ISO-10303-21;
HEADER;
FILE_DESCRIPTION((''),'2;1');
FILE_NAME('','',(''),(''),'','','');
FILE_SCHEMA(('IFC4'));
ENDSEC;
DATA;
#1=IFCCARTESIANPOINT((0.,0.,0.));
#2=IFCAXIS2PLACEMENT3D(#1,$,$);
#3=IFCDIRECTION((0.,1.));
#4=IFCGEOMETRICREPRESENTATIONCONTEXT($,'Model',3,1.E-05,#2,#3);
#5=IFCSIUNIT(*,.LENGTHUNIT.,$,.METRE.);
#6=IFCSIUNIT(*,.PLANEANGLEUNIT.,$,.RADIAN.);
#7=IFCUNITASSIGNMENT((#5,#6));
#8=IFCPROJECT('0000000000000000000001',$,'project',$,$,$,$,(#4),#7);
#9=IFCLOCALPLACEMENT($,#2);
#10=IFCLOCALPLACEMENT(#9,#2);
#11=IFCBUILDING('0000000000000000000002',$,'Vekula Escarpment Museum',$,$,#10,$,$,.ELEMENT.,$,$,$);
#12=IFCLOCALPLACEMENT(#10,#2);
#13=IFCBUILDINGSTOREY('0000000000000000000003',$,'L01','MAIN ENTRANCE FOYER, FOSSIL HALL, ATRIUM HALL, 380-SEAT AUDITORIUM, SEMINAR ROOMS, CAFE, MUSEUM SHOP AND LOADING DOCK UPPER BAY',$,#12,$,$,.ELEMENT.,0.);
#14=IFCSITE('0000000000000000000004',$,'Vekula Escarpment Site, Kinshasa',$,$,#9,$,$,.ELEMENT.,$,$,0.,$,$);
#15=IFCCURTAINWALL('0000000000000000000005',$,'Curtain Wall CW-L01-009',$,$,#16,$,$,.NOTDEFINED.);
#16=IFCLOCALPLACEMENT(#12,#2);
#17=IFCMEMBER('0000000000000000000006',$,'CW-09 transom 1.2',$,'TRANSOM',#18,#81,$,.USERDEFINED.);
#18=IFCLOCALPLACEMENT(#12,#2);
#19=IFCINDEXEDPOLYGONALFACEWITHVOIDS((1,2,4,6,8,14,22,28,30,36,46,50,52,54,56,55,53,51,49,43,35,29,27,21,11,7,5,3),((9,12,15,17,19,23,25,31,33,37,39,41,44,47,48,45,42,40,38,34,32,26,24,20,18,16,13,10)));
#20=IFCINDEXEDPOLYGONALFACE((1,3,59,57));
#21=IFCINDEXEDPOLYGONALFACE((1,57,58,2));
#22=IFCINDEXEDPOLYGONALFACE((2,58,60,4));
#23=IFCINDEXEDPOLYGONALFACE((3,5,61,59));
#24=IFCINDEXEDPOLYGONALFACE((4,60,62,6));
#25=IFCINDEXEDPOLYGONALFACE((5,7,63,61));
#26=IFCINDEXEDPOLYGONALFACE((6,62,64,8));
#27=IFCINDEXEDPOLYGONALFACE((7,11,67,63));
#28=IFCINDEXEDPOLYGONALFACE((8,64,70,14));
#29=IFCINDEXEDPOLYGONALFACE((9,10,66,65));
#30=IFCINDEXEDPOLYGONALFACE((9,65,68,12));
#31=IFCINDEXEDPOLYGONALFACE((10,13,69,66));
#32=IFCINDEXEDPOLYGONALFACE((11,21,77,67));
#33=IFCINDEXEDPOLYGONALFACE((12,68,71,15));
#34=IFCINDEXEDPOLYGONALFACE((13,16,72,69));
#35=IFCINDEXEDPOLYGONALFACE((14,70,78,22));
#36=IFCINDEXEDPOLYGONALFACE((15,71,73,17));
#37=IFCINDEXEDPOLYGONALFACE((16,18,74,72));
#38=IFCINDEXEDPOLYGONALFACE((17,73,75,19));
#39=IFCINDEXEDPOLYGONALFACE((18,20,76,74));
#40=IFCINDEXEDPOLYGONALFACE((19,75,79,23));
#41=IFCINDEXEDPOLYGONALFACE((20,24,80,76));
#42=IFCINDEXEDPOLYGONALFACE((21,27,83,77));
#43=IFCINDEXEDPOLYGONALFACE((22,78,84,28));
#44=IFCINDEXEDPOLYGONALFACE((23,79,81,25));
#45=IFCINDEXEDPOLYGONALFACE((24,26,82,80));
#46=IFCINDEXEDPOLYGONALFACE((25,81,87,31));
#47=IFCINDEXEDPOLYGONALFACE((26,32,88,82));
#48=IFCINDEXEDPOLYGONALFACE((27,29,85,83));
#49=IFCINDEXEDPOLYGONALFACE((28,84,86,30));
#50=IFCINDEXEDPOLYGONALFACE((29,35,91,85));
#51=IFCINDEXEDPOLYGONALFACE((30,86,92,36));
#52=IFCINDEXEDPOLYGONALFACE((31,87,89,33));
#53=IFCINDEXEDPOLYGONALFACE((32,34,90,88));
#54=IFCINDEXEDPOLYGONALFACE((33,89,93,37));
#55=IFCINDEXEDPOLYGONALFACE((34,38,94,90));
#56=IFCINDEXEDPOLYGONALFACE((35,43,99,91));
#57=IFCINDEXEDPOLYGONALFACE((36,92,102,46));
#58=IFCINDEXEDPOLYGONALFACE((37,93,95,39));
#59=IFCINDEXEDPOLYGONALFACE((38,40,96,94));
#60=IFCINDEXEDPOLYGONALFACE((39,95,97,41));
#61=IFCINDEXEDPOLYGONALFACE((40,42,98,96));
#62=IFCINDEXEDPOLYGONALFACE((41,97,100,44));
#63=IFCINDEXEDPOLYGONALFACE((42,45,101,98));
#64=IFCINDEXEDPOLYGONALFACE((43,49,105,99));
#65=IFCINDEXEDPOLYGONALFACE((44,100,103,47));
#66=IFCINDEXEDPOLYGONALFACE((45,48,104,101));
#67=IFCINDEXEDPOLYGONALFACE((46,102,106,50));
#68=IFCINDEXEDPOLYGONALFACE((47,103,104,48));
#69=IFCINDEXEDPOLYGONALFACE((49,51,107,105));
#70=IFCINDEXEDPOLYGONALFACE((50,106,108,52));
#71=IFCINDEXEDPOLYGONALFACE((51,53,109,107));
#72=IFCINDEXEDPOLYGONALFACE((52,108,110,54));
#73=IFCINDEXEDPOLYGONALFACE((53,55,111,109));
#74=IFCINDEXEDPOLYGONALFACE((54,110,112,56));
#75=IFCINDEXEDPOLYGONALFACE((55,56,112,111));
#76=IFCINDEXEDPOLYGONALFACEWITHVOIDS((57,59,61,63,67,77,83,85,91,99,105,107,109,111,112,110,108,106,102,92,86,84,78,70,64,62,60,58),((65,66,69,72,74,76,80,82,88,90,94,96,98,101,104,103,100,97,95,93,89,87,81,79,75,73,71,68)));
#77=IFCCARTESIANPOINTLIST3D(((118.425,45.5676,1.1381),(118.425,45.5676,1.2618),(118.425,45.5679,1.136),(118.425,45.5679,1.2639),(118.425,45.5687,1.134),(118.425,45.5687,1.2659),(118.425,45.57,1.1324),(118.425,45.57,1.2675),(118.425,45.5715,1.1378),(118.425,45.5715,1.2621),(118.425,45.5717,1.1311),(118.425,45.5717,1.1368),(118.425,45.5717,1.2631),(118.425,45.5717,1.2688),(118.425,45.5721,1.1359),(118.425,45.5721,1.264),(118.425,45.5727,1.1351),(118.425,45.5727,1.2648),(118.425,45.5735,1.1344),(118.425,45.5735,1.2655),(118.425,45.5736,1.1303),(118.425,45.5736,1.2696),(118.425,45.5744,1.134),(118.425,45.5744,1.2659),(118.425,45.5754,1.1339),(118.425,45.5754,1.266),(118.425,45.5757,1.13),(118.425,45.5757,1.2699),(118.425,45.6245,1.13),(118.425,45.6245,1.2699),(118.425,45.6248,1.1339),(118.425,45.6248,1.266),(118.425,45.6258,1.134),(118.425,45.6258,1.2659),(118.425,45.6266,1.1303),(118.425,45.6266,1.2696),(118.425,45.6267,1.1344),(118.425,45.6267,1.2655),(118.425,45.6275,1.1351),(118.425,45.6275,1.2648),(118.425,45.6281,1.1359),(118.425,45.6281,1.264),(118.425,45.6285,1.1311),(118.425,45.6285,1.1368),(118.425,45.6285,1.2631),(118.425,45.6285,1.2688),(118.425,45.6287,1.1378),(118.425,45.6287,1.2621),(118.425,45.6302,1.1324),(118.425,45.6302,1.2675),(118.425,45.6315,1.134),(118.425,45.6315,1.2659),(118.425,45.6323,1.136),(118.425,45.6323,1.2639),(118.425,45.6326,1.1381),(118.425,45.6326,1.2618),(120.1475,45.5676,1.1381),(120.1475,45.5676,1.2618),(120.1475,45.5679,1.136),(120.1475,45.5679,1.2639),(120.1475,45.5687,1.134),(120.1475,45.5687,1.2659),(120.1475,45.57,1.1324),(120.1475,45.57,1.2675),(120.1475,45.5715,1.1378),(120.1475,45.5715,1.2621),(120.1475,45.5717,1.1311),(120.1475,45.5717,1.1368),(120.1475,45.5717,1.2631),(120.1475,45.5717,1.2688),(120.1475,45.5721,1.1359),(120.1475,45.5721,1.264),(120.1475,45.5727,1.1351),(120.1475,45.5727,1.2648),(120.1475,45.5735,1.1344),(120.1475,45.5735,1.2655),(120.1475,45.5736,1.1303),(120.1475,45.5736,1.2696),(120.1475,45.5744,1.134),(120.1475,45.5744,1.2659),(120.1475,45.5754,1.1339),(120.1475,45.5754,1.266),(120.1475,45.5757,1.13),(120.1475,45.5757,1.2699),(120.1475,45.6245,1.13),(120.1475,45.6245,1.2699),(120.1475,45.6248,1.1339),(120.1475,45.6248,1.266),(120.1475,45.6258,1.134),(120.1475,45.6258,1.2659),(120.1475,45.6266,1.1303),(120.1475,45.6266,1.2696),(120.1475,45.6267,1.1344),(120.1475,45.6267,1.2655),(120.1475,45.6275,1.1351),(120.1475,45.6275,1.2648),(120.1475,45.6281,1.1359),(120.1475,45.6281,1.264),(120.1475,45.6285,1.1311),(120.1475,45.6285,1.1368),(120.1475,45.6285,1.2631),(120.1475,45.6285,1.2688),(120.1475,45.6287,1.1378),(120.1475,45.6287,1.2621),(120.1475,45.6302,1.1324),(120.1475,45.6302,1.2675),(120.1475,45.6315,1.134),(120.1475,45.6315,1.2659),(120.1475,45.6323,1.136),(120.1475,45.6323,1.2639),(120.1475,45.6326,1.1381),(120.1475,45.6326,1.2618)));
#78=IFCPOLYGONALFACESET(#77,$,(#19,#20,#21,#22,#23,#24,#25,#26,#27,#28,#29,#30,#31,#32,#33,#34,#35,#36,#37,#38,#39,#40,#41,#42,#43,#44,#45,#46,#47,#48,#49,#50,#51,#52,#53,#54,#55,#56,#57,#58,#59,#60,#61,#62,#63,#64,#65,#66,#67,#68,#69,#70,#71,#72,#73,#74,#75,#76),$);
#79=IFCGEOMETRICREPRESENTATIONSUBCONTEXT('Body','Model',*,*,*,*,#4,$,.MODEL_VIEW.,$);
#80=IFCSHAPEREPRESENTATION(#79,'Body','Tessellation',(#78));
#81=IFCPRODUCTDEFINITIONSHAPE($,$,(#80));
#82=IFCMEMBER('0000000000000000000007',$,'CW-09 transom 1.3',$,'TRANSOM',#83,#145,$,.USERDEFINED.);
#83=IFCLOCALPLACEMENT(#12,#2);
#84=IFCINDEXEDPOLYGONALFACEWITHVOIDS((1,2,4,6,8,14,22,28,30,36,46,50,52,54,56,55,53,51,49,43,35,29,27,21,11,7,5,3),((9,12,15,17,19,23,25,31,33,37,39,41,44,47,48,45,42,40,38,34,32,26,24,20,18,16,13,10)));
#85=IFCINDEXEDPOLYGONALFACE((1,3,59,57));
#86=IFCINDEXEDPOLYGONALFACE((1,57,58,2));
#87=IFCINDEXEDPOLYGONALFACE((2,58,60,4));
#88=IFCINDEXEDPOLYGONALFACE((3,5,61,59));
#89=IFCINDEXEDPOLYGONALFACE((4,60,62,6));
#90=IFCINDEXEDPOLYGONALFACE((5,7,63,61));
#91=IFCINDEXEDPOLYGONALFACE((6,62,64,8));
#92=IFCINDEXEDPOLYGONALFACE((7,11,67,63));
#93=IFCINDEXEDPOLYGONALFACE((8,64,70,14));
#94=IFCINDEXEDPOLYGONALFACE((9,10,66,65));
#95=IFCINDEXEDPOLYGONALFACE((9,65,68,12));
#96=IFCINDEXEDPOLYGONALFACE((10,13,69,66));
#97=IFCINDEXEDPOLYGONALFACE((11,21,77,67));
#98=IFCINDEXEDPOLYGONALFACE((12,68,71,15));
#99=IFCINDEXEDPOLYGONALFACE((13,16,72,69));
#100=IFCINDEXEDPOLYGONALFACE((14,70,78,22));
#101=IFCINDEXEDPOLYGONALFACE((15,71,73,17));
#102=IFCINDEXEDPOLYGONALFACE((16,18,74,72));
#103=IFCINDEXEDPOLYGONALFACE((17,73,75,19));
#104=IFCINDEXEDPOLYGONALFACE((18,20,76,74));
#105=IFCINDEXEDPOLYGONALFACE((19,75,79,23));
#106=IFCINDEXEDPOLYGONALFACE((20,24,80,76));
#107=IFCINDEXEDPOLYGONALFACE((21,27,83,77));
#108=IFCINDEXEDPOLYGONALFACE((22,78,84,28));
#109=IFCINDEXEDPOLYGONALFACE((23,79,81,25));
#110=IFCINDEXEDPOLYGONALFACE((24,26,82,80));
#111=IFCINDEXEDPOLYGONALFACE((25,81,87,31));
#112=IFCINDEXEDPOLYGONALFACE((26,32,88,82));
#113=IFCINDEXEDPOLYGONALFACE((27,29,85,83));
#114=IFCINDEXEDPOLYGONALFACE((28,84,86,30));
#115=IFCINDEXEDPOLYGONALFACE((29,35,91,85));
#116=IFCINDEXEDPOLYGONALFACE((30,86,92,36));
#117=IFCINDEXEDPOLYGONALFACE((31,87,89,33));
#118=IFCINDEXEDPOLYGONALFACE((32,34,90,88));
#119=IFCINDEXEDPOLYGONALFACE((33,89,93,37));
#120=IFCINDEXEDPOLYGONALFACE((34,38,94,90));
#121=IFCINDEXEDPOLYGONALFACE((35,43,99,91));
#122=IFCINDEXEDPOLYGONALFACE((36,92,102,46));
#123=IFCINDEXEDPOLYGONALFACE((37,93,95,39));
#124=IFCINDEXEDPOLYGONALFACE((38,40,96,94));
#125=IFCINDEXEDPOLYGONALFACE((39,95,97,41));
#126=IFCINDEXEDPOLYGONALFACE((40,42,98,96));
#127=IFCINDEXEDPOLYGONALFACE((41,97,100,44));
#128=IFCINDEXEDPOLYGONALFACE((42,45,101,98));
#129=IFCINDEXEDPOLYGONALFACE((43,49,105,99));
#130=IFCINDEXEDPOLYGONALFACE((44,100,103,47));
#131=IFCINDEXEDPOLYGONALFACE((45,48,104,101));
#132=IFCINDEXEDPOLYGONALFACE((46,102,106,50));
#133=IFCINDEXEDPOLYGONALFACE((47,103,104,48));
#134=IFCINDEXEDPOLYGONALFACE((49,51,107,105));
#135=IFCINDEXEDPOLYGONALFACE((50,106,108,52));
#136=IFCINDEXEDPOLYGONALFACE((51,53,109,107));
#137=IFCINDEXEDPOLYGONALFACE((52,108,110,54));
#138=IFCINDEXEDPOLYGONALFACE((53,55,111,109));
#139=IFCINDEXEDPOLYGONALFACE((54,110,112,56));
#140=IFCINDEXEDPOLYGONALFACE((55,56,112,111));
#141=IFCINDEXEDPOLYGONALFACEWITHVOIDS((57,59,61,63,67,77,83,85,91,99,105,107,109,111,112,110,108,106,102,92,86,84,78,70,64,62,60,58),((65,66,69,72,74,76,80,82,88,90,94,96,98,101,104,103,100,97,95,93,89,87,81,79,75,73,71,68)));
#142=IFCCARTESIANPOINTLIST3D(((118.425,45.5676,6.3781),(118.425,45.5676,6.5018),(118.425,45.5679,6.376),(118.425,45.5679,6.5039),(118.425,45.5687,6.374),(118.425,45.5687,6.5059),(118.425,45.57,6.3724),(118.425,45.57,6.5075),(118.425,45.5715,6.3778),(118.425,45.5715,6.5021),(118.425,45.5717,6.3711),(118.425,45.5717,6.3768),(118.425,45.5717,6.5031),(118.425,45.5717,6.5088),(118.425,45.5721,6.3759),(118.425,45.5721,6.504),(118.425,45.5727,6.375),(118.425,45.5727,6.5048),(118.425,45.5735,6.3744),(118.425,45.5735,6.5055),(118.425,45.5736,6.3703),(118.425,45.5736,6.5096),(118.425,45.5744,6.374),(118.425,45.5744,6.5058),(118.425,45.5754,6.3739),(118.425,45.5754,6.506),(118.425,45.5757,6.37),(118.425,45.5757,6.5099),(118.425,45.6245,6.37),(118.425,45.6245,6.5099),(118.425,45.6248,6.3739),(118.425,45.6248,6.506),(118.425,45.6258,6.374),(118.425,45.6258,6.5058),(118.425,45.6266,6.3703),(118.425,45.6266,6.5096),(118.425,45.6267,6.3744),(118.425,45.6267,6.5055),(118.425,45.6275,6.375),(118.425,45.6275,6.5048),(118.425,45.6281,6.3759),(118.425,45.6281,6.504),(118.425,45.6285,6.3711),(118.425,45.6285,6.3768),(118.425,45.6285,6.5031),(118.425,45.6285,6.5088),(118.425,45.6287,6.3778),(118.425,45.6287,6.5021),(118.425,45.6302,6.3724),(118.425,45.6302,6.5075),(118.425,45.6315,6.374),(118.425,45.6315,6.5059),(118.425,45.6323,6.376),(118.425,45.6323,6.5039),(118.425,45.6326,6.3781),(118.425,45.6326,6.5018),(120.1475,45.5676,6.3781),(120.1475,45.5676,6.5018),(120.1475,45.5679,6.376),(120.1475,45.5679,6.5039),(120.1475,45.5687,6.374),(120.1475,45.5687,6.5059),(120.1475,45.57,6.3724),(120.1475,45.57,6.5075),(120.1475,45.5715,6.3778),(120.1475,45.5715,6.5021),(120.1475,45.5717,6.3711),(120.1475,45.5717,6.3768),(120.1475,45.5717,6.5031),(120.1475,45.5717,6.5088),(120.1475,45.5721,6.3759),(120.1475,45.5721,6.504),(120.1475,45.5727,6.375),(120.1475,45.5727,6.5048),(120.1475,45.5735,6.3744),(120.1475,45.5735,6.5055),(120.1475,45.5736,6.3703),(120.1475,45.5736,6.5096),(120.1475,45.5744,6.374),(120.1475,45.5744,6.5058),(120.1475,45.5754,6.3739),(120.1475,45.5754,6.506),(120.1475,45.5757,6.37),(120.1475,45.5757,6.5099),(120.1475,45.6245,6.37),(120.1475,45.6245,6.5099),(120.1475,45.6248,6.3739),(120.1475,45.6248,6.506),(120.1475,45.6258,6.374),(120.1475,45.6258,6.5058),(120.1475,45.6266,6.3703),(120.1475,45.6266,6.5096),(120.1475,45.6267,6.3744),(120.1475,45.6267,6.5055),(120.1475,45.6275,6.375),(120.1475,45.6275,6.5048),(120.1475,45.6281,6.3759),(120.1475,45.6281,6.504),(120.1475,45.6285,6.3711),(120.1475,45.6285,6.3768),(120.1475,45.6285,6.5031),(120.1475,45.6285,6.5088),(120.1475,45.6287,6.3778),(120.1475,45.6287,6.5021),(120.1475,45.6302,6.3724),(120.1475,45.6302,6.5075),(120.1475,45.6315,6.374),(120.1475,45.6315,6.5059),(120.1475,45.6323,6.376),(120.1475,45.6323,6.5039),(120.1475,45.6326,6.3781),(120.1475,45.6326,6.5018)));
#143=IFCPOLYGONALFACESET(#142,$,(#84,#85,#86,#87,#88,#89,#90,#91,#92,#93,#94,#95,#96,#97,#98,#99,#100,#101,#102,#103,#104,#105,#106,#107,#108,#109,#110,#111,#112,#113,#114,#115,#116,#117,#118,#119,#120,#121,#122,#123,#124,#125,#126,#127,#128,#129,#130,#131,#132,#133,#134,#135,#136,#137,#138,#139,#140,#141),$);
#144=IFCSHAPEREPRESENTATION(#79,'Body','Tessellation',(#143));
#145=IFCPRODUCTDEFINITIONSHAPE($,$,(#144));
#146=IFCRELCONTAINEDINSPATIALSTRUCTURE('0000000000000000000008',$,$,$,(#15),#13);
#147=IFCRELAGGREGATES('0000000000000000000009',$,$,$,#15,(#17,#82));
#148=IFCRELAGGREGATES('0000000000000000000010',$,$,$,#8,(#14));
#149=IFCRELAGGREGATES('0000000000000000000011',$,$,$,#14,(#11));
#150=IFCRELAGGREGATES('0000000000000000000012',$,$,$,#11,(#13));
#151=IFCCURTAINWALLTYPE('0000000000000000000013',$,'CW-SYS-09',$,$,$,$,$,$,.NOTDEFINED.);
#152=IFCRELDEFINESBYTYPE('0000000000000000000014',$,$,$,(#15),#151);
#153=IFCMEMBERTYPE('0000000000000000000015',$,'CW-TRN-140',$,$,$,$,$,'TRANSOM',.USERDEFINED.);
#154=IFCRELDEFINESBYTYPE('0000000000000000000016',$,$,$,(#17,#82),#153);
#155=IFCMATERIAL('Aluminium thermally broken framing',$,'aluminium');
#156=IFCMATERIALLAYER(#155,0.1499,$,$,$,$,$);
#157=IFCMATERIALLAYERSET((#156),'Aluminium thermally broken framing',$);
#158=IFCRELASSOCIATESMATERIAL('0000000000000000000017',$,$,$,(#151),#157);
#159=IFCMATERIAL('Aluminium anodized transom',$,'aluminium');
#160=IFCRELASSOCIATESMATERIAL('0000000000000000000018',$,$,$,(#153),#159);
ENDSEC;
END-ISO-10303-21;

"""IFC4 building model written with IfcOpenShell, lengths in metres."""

from ifc_helpers import new_model, si_unit, direction, frame, origin, origin_2d, place, context, subcontext, project, spatial, hollow_rectangle, extrude, material, layer, layer_set, material_profile, profile_set, type_object, element, aggregate, save


model = new_model("IFC4")

# Units and contexts
model_context = context("Model", 3, precision=1e-05, world=origin(), true_north=direction((0.0, 1.0)))
body_context = subcontext(model_context, "Body", "Model", "MODEL_VIEW")
ifc_project = project(units=[si_unit("LENGTHUNIT", "METRE"), si_unit("PLANEANGLEUNIT", "RADIAN")], contexts=[model_context])

# Site, building, storey
site_placement = place(None, origin())
site = spatial("IfcSite", under=ifc_project, at=site_placement, Name="Vekula Escarpment Site, Kinshasa", CompositionType="ELEMENT", RefElevation=0.0)
building_placement = place(site_placement, origin())
building = spatial("IfcBuilding", under=site, at=building_placement, Name="Vekula Escarpment Museum", CompositionType="ELEMENT")
storey_placement = place(building_placement, origin())
storey = spatial("IfcBuildingStorey", under=building, at=storey_placement, Name="L01", Description="MAIN ENTRANCE FOYER, FOSSIL HALL, ATRIUM HALL, 380-SEAT AUDITORIUM, SEMINAR ROOMS, CAFE, MUSEUM SHOP AND LOADING DOCK UPPER BAY", CompositionType="ELEMENT", Elevation=0.0)

# Curtain wall, members
ifc_material_1 = material(Name="Aluminium thermally broken framing", Category="aluminium")
ifc_layer_1 = layer(ifc_material_1, 0.1499)
ifc_layer_set_1 = layer_set([ifc_layer_1], Name="Aluminium thermally broken framing")
curtain_wall_type = type_object("IfcCurtainWallType", Name="CW-SYS-09", PredefinedType="NOTDEFINED", material=ifc_layer_set_1)
curtain_wall_placement = place(storey_placement, origin())
curtain_wall = element("IfcCurtainWall", 1, at=curtain_wall_placement, inside=storey, type_object=curtain_wall_type, Name="Curtain Wall CW-L01-009", PredefinedType="NOTDEFINED")
ifc_material_2 = material(Name="Aluminium anodized transom", Category="aluminium")
ifc_material_profile_1 = material_profile(ifc_material_2, hollow_rectangle(XDim=0.0649, YDim=0.1399, WallThickness=0.0039, InnerFilletRadius=0.0039, OuterFilletRadius=0.0081, at=origin_2d()), Name="ALU 140x65x4")
ifc_profile_set_1 = profile_set([ifc_material_profile_1], Name="Aluminium anodized transom")
member_type_1 = type_object("IfcMemberType", Name="CW-TRN-140", ElementType="TRANSOM", PredefinedType="USERDEFINED", material=ifc_profile_set_1)
member_1_placement = place(storey_placement, frame((118.425, 45.6001, 1.2), z_axis=(1.0, 0.0, 0.0), x_axis=(0.0, 1.0, 0.0)))
member_1 = element("IfcMember", 2, at=member_1_placement, type_object=member_type_1, Name="CW-09 transom 1.2", ObjectType="TRANSOM", PredefinedType="USERDEFINED", context=body_context, shape_type="SweptSolid", body=[
    extrude(hollow_rectangle(XDim=0.0649, YDim=0.1399, WallThickness=0.0039, InnerFilletRadius=0.0039, OuterFilletRadius=0.0081, at=origin_2d()), origin(), (0.0, 0.0, 1.0), 1.7224),
])
member_2_placement = place(storey_placement, frame((118.425, 45.6001, 6.4399), z_axis=(1.0, 0.0, 0.0), x_axis=(0.0, 1.0, 0.0)))
member_2 = element("IfcMember", 3, at=member_2_placement, type_object=member_type_1, Name="CW-09 transom 1.3", ObjectType="TRANSOM", PredefinedType="USERDEFINED", context=body_context, shape_type="SweptSolid", body=[
    extrude(hollow_rectangle(XDim=0.0649, YDim=0.1399, WallThickness=0.0039, InnerFilletRadius=0.0039, OuterFilletRadius=0.0081, at=origin_2d()), origin(), (0.0, 0.0, 1.0), 1.7224),
])

aggregate(curtain_wall, [member_1, member_2])

save(model, "model.ifc")
